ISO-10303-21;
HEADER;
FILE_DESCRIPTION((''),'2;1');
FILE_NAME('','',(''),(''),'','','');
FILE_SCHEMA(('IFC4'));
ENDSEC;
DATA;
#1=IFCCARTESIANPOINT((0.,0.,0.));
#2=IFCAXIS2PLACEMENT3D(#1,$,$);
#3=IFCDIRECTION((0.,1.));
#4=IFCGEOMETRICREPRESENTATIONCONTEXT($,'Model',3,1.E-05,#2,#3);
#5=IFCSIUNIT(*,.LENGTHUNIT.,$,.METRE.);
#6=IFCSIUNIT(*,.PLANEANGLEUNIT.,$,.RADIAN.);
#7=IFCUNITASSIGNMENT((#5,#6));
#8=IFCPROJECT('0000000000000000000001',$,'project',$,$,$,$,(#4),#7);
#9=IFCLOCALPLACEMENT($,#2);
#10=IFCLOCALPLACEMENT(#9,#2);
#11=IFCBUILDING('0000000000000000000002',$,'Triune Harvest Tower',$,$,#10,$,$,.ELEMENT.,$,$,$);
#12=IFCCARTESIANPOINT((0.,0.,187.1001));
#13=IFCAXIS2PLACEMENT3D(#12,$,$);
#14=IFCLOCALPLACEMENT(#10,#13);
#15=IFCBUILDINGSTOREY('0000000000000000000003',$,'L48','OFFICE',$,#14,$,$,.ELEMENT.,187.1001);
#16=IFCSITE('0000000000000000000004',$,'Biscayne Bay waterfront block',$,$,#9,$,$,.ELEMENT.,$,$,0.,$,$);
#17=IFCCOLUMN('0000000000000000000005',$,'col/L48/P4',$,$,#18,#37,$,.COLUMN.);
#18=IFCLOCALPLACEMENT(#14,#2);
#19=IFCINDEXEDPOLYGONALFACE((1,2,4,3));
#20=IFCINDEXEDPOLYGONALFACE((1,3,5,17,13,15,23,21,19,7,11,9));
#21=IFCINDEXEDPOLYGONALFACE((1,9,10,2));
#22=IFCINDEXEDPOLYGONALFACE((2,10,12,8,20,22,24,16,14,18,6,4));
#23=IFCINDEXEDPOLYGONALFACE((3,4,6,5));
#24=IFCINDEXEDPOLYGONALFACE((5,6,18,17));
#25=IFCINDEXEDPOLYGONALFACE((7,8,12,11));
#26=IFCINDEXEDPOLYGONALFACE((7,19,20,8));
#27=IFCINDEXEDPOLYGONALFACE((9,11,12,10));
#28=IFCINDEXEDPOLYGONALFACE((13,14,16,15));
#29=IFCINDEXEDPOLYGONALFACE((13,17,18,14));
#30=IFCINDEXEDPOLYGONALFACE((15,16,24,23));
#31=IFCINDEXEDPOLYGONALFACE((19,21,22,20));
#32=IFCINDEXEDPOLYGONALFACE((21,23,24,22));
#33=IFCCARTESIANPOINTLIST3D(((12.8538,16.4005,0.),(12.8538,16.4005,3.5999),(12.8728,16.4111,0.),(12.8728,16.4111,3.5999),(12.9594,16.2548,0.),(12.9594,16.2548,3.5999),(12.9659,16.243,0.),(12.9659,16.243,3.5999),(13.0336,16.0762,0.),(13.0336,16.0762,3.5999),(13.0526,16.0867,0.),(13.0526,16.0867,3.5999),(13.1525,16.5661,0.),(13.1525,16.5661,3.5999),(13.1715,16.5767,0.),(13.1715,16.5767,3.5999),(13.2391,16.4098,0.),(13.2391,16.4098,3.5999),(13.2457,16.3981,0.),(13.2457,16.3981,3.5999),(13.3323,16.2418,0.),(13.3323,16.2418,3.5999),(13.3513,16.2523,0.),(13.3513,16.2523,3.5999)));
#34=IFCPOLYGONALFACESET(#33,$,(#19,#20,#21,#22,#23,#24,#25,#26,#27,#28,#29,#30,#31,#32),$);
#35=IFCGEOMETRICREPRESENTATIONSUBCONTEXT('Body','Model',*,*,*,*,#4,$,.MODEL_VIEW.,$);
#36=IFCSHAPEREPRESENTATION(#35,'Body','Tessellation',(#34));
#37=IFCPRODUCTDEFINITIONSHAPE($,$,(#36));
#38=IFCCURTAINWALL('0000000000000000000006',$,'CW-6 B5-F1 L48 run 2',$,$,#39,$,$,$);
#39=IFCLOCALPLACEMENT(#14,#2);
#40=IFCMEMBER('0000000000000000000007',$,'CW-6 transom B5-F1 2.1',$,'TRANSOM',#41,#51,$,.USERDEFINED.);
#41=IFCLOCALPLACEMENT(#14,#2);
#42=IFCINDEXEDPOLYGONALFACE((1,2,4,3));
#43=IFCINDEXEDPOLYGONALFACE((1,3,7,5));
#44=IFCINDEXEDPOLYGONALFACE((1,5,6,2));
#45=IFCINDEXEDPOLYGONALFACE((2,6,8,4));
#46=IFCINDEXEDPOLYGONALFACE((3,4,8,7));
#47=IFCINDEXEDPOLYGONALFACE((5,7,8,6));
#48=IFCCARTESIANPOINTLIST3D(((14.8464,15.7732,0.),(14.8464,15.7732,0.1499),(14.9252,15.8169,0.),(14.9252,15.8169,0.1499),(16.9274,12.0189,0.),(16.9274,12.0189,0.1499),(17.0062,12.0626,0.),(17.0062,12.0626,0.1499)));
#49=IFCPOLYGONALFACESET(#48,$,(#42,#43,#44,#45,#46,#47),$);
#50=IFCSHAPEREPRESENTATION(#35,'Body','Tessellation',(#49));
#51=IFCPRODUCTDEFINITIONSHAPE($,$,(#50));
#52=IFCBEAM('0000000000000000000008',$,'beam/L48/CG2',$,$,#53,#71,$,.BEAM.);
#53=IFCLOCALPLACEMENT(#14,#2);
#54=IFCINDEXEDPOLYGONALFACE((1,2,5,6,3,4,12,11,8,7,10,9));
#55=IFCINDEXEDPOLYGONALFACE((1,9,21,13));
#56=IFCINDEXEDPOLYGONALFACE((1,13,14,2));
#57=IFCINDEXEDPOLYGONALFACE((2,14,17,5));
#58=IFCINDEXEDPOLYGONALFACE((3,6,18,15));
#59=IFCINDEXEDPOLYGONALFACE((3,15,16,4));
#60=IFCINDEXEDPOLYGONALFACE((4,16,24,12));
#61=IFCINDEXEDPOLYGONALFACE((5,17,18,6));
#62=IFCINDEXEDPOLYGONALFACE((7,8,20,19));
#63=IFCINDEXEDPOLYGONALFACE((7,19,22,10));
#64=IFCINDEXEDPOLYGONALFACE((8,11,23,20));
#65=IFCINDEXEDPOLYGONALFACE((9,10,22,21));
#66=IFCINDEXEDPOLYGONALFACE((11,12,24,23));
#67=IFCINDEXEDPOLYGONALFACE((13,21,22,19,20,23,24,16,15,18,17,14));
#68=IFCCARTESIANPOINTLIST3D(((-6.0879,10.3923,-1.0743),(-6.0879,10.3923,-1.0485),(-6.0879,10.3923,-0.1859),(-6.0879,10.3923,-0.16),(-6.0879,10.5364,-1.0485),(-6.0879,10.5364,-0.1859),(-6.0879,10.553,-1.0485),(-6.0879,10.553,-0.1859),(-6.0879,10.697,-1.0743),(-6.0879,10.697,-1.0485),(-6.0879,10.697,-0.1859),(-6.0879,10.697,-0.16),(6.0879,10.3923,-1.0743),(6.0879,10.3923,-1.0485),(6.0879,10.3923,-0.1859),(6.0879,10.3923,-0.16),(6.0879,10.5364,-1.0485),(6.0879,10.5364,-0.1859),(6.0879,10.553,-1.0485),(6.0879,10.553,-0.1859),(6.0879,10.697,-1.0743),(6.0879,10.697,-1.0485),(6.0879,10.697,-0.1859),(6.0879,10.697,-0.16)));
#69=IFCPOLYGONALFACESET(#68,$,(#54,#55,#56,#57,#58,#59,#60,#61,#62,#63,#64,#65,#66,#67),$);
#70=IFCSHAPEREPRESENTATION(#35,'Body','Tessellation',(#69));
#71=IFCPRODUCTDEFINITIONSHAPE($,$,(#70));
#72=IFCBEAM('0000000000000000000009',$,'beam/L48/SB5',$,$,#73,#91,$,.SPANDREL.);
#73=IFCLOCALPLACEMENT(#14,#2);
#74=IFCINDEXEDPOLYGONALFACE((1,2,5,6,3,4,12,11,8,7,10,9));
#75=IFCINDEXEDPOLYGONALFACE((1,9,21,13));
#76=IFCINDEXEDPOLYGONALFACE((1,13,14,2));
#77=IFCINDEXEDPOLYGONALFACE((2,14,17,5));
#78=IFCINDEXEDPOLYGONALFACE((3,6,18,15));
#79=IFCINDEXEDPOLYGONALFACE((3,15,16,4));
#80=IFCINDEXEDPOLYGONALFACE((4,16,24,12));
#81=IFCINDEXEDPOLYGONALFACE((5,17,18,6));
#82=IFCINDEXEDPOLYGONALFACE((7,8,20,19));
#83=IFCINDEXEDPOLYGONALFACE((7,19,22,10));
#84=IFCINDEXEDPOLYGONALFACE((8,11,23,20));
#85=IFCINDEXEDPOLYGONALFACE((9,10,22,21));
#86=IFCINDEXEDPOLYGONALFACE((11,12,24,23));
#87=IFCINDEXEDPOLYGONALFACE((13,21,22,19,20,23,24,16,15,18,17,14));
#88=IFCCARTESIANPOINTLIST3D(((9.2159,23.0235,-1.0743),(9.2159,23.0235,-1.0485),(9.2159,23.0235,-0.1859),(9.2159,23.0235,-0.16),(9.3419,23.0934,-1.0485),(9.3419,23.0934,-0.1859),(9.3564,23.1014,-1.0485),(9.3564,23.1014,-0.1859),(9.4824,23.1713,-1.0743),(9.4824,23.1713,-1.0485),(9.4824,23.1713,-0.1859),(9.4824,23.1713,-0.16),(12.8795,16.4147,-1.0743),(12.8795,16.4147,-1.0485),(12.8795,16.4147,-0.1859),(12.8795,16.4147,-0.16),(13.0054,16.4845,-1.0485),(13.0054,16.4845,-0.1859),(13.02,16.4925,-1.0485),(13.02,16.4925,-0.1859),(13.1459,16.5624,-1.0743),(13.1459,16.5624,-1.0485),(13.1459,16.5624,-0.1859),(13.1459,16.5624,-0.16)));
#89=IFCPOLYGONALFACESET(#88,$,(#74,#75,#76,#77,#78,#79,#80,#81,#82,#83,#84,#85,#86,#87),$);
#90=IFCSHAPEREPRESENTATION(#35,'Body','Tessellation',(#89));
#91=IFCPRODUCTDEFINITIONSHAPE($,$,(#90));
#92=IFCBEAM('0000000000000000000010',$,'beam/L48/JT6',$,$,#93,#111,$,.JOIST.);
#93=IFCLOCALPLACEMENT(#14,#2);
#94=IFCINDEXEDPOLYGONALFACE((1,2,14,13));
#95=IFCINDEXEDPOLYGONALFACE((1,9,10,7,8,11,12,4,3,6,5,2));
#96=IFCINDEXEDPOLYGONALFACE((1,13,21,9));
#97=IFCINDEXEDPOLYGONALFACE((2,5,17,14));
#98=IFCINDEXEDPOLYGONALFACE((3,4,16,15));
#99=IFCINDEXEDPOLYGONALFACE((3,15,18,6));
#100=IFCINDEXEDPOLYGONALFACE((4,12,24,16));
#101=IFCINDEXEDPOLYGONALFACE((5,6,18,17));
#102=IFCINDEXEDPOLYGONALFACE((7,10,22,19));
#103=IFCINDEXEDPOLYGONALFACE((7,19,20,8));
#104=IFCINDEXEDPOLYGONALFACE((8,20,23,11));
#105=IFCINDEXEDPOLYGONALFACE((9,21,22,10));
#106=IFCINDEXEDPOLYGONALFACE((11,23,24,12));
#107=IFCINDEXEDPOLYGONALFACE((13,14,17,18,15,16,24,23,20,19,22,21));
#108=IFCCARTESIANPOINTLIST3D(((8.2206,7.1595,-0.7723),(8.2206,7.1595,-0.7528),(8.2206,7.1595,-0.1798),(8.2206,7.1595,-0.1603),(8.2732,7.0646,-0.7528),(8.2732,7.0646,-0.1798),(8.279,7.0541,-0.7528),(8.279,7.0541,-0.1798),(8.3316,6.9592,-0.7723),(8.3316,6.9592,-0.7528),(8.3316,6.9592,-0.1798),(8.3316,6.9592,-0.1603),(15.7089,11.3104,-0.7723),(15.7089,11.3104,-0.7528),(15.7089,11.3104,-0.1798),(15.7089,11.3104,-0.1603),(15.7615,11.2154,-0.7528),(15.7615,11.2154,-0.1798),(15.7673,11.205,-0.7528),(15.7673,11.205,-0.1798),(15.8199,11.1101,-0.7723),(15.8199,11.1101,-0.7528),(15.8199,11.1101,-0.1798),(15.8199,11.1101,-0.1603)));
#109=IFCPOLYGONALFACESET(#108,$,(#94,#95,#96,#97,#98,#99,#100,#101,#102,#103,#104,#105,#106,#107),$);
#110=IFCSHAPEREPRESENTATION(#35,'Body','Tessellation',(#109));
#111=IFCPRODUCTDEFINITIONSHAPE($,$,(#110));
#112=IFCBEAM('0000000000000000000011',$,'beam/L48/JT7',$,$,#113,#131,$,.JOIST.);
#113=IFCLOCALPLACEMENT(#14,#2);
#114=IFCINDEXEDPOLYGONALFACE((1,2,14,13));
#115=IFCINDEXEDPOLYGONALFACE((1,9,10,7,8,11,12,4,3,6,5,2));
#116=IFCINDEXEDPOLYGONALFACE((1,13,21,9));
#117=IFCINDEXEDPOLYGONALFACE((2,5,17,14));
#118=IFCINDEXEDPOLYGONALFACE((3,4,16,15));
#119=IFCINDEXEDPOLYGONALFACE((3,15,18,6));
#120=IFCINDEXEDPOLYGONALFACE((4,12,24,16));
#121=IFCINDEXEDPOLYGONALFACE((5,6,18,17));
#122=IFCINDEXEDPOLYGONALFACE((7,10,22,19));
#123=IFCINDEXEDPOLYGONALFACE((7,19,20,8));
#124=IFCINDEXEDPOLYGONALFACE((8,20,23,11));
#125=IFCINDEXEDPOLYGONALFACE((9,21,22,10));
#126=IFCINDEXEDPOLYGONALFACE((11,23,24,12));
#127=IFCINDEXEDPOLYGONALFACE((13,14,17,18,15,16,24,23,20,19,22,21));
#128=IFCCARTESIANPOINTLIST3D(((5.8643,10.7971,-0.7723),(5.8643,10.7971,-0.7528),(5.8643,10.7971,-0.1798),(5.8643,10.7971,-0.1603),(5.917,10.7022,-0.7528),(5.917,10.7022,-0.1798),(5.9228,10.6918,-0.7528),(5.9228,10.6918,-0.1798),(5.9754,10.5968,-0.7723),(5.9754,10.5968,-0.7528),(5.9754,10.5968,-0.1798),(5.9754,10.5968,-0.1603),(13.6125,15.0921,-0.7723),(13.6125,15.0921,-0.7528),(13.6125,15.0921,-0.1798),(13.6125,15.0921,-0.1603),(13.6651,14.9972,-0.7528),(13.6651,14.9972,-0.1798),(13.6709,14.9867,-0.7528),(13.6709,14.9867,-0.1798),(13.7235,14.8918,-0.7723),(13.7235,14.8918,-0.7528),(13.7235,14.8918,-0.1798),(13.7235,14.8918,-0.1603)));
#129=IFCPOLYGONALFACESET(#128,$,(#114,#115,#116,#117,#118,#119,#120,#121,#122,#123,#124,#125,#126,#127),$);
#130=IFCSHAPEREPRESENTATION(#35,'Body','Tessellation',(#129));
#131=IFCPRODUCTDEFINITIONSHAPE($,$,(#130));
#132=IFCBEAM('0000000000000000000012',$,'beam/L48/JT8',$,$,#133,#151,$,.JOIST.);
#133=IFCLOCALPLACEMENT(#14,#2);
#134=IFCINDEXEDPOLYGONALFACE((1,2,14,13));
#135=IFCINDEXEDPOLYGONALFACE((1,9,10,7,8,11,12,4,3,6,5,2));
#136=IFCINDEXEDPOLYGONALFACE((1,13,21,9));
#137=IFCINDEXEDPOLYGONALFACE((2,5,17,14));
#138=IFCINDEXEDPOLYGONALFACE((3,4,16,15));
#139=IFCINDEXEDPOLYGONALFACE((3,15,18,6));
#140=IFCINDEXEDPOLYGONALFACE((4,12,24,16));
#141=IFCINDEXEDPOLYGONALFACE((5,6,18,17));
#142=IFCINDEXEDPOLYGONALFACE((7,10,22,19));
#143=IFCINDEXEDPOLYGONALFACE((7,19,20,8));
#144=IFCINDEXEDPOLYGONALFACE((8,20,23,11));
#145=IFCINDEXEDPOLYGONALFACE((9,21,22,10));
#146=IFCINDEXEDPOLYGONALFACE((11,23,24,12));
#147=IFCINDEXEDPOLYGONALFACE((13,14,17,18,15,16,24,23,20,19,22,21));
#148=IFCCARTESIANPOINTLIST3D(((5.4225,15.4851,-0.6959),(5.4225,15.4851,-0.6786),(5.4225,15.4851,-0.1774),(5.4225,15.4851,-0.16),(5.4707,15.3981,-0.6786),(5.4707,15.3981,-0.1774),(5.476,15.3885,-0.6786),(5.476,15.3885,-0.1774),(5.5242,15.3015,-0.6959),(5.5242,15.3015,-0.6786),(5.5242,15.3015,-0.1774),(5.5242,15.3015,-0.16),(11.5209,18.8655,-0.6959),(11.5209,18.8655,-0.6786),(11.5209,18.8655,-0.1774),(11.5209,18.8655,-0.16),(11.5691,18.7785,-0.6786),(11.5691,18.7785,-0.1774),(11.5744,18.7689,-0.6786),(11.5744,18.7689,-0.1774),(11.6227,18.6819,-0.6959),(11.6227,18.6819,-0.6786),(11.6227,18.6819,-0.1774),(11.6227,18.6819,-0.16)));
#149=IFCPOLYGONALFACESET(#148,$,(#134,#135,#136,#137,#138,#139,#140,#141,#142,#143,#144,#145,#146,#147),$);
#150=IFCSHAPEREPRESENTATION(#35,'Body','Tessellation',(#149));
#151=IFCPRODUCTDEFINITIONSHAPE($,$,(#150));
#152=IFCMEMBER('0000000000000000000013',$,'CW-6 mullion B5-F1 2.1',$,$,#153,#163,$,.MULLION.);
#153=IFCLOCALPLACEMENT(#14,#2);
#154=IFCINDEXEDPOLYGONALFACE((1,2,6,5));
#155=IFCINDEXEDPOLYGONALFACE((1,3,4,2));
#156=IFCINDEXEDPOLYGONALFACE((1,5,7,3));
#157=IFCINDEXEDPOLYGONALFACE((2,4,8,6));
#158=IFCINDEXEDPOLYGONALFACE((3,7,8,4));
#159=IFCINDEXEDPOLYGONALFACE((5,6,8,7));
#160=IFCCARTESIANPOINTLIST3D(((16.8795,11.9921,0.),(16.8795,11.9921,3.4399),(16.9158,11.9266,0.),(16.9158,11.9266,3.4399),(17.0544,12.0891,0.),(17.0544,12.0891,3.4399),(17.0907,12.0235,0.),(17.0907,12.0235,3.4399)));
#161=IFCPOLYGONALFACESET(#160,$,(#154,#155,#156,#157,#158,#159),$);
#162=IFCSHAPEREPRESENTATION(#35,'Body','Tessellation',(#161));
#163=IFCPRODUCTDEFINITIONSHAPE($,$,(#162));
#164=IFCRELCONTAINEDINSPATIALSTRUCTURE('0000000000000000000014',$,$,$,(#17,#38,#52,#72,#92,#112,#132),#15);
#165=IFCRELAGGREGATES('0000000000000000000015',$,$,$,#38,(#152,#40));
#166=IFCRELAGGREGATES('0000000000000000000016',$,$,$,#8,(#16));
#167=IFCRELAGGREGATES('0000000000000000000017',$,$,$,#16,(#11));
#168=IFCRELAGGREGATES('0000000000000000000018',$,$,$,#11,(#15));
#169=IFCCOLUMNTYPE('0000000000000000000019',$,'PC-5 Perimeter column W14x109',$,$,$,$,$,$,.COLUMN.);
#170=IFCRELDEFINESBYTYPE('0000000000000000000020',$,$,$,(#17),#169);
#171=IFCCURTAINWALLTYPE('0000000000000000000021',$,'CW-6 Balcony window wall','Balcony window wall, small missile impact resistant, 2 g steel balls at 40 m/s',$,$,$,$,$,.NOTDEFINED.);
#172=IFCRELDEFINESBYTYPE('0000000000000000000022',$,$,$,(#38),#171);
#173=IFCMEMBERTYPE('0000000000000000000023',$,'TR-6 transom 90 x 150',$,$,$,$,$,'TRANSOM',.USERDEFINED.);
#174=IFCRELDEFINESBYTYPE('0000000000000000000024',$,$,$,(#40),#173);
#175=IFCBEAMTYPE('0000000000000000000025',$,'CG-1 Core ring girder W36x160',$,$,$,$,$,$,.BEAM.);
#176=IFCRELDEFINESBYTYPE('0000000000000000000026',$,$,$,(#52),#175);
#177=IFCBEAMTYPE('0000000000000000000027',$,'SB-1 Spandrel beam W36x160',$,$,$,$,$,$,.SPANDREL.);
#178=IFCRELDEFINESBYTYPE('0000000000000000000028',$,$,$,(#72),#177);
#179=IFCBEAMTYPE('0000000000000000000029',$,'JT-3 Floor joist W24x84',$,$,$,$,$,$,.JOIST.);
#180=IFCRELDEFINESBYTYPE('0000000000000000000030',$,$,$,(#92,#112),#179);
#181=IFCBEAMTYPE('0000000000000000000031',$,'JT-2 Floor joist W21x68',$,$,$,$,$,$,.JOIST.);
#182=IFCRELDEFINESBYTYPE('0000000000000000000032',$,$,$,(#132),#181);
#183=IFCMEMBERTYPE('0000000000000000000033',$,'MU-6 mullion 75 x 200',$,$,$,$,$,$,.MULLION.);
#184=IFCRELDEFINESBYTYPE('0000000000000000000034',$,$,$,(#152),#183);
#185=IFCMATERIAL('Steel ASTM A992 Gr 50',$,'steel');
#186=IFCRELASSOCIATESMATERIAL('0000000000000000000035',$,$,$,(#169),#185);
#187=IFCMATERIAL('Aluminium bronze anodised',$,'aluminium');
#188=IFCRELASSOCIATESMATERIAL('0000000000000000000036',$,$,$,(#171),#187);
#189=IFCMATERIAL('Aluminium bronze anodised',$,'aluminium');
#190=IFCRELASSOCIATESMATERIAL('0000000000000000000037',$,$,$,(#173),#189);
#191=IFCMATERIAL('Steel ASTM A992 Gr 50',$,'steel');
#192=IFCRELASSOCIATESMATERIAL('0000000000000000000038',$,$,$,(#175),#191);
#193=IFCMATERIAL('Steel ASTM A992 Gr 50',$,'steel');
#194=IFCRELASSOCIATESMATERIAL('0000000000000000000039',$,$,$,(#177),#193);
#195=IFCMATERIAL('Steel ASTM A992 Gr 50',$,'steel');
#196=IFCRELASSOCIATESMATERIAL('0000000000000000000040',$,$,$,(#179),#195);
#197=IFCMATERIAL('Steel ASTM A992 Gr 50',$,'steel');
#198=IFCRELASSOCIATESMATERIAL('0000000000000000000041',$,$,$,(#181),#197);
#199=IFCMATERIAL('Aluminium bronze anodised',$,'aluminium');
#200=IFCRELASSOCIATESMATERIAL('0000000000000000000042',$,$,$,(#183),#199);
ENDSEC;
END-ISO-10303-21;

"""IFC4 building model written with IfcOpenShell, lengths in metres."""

from ifc_helpers import new_model, si_unit, direction, frame, origin, origin_2d, place, context, subcontext, project, spatial, rectangle, i_section, extrude, source, transform, mapped, material, material_profile, profile_set, type_object, element, aggregate, save


model = new_model("IFC4")

# Units and contexts
model_context = context("Model", 3, precision=1e-05, world=origin(), true_north=direction((0.0, 1.0)))
body_context = subcontext(model_context, "Body", "Model", "MODEL_VIEW")
ifc_project = project(units=[si_unit("LENGTHUNIT", "METRE"), si_unit("PLANEANGLEUNIT", "RADIAN")], contexts=[model_context])

# Site, building, storey
site_placement = place(None, origin())
site = spatial("IfcSite", under=ifc_project, at=site_placement, Name="Biscayne Bay waterfront block", CompositionType="ELEMENT", RefElevation=0.0)
building_placement = place(site_placement, origin())
building = spatial("IfcBuilding", under=site, at=building_placement, Name="Triune Harvest Tower", CompositionType="ELEMENT")
storey_placement = place(building_placement, frame((0.0, 0.0, 187.1001)))
storey = spatial("IfcBuildingStorey", under=building, at=storey_placement, Name="L48", Description="OFFICE", CompositionType="ELEMENT", Elevation=187.1001)

# Column
ifc_material_1 = material(Name="Steel ASTM A992 Gr 50", Category="steel")
ifc_material_profile_1 = material_profile(ifc_material_1, i_section(OverallWidth=0.3708, OverallDepth=0.3633, WebThickness=0.0134, FlangeThickness=0.0217, at=origin_2d()), Name="W14x109")
ifc_profile_set_1 = profile_set([ifc_material_profile_1], Name="Steel ASTM A992 Gr 50")
column_type = type_object("IfcColumnType", Name="PC-5 Perimeter column W14x109", PredefinedType="COLUMN", material=ifc_profile_set_1)
shared_shape_1 = source(origin(), body_context, "Body", "SweptSolid", [
    extrude(i_section(OverallWidth=0.3708, OverallDepth=0.3633, WebThickness=0.0134, FlangeThickness=0.0217, at=origin_2d()), origin(), (0.0, 0.0, 1.0), 3.5999),
])
column_placement = place(storey_placement, frame((13.1025, 16.3264, 0.0), z_axis=(0.0, 0.0, 1.0), x_axis=(-0.48481, 0.87462, 0.0)))
element("IfcColumn", 1, at=column_placement, inside=storey, type_object=column_type, Name="col/L48/P4", PredefinedType="COLUMN", context=body_context, shape_type="MappedRepresentation", body=[
    mapped(shared_shape_1, transform((0.0, 0.0, 0.0), scale=1.0)),
])

# Curtain wall, member
ifc_material_2 = material(Name="Aluminium bronze anodised", Category="aluminium")
curtain_wall_type_1 = type_object("IfcCurtainWallType", Name="CW-6 Balcony window wall", Description="Balcony window wall, small missile impact resistant, 2 g steel balls at 40 m/s", PredefinedType="NOTDEFINED", material=ifc_material_2)
curtain_wall_1_placement = place(storey_placement, origin())
curtain_wall_1 = element("IfcCurtainWall", 2, at=curtain_wall_1_placement, inside=storey, type_object=curtain_wall_type_1, Name="CW-6 B5-F1 L48 run 2")
ifc_material_3 = material(Name="Aluminium bronze anodised", Category="aluminium")
ifc_material_profile_2 = material_profile(ifc_material_3, rectangle(XDim=0.0901, YDim=0.1499, at=origin_2d()), Name="TR-6 transom 90 x 150")
ifc_profile_set_2 = profile_set([ifc_material_profile_2], Name="Aluminium bronze anodised")
member_type_1 = type_object("IfcMemberType", Name="TR-6 transom 90 x 150", ElementType="TRANSOM", PredefinedType="USERDEFINED", material=ifc_profile_set_2)
member_1_placement = place(storey_placement, frame((16.9668, 12.0408, 0.075), z_axis=(-0.484802, 0.874624, 0.0), x_axis=(-0.874624, -0.484802, 0.0)))
member_1 = element("IfcMember", 3, at=member_1_placement, type_object=member_type_1, Name="CW-6 transom B5-F1 2.1", ObjectType="TRANSOM", PredefinedType="USERDEFINED", context=body_context, shape_type="SweptSolid", body=[
    extrude(rectangle(XDim=0.0901, YDim=0.1499, at=origin_2d()), origin(), (0.0, 0.0, 1.0), 4.2925),
])

# Beams
ifc_material_4 = material(Name="Steel ASTM A992 Gr 50", Category="steel")
ifc_material_profile_3 = material_profile(ifc_material_4, i_section(OverallWidth=0.3047, OverallDepth=0.9143, WebThickness=0.0166, FlangeThickness=0.0259, at=origin_2d()), Name="W36x160")
ifc_profile_set_3 = profile_set([ifc_material_profile_3], Name="Steel ASTM A992 Gr 50")
beam_type_1 = type_object("IfcBeamType", Name="CG-1 Core ring girder W36x160", PredefinedType="BEAM", material=ifc_profile_set_3)
shared_shape_2 = source(origin(), body_context, "Body", "SweptSolid", [
    extrude(i_section(OverallWidth=0.3047, OverallDepth=0.9143, WebThickness=0.0166, FlangeThickness=0.0259, at=origin_2d()), origin(), (0.0, 0.0, 1.0), 12.1758),
])
beam_1_placement = place(storey_placement, frame((6.0879, 10.5447, -0.6172), z_axis=(-1.0, 0.0, 0.0), x_axis=(0.0, -1.0, 0.0)))
element("IfcBeam", 4, at=beam_1_placement, inside=storey, type_object=beam_type_1, Name="beam/L48/CG2", PredefinedType="BEAM", context=body_context, shape_type="MappedRepresentation", body=[
    mapped(shared_shape_2, transform((0.0, 0.0, 0.0), scale=1.0)),
])
ifc_material_5 = material(Name="Steel ASTM A992 Gr 50", Category="steel")
ifc_material_profile_4 = material_profile(ifc_material_5, i_section(OverallWidth=0.3047, OverallDepth=0.9143, WebThickness=0.0166, FlangeThickness=0.0259, at=origin_2d()), Name="W36x160")
ifc_profile_set_4 = profile_set([ifc_material_profile_4], Name="Steel ASTM A992 Gr 50")
beam_type_2 = type_object("IfcBeamType", Name="SB-1 Spandrel beam W36x160", PredefinedType="SPANDREL", material=ifc_profile_set_4)
shared_shape_3 = source(origin(), body_context, "Body", "SweptSolid", [
    extrude(i_section(OverallWidth=0.3047, OverallDepth=0.9143, WebThickness=0.0166, FlangeThickness=0.0259, at=origin_2d()), origin(), (0.0, 0.0, 1.0), 7.5564),
])
beam_2_placement = place(storey_placement, frame((13.0127, 16.4885, -0.6172), z_axis=(-0.484831, 0.874608, 0.0), x_axis=(-0.874608, -0.484831, 0.0)))
element("IfcBeam", 5, at=beam_2_placement, inside=storey, type_object=beam_type_2, Name="beam/L48/SB5", PredefinedType="SPANDREL", context=body_context, shape_type="MappedRepresentation", body=[
    mapped(shared_shape_3, transform((0.0, 0.0, 0.0), scale=1.0)),
])
ifc_material_6 = material(Name="Steel ASTM A992 Gr 50", Category="steel")
ifc_material_profile_5 = material_profile(ifc_material_6, i_section(OverallWidth=0.229, OverallDepth=0.6121, WebThickness=0.012, FlangeThickness=0.0195, at=origin_2d()), Name="W24x84")
ifc_profile_set_5 = profile_set([ifc_material_profile_5], Name="Steel ASTM A992 Gr 50")
beam_type_3 = type_object("IfcBeamType", Name="JT-3 Floor joist W24x84", PredefinedType="JOIST", material=ifc_profile_set_5)
shared_shape_4 = source(origin(), body_context, "Body", "SweptSolid", [
    extrude(i_section(OverallWidth=0.229, OverallDepth=0.6121, WebThickness=0.012, FlangeThickness=0.0195, at=origin_2d()), origin(), (0.0, 0.0, 1.0), 8.5618),
])
beam_3_placement = place(storey_placement, frame((15.7644, 11.2102, -0.4663), z_axis=(-0.874617, -0.484815, 0.0), x_axis=(0.484815, -0.874617, 0.0)))
element("IfcBeam", 6, at=beam_3_placement, inside=storey, type_object=beam_type_3, Name="beam/L48/JT6", PredefinedType="JOIST", context=body_context, shape_type="MappedRepresentation", body=[
    mapped(shared_shape_4, transform((0.0, 0.0, 0.0), scale=1.0)),
])
shared_shape_5 = source(origin(), body_context, "Body", "SweptSolid", [
    extrude(i_section(OverallWidth=0.229, OverallDepth=0.6121, WebThickness=0.012, FlangeThickness=0.0195, at=origin_2d()), origin(), (0.0, 0.0, 1.0), 8.8589),
])
beam_4_placement = place(storey_placement, frame((13.668, 14.9919, -0.4663), z_axis=(-0.874614, -0.484819, 0.0), x_axis=(0.484819, -0.874614, 0.0)))
element("IfcBeam", 7, at=beam_4_placement, inside=storey, type_object=beam_type_3, Name="beam/L48/JT7", PredefinedType="JOIST", context=body_context, shape_type="MappedRepresentation", body=[
    mapped(shared_shape_5, transform((0.0, 0.0, 0.0), scale=1.0)),
])
ifc_material_7 = material(Name="Steel ASTM A992 Gr 50", Category="steel")
ifc_material_profile_6 = material_profile(ifc_material_7, i_section(OverallWidth=0.21, OverallDepth=0.5359, WebThickness=0.011, FlangeThickness=0.0173, at=origin_2d()), Name="W21x68")
ifc_profile_set_6 = profile_set([ifc_material_profile_6], Name="Steel ASTM A992 Gr 50")
beam_type_4 = type_object("IfcBeamType", Name="JT-2 Floor joist W21x68", PredefinedType="JOIST", material=ifc_profile_set_6)
shared_shape_6 = source(origin(), body_context, "Body", "SweptSolid", [
    extrude(i_section(OverallWidth=0.21, OverallDepth=0.5359, WebThickness=0.011, FlangeThickness=0.0173, at=origin_2d()), origin(), (0.0, 0.0, 1.0), 6.9727),
])
beam_5_placement = place(storey_placement, frame((11.5718, 18.7737, -0.428), z_axis=(-0.874621, -0.484807, 0.0), x_axis=(0.484807, -0.874621, 0.0)))
element("IfcBeam", 8, at=beam_5_placement, inside=storey, type_object=beam_type_4, Name="beam/L48/JT8", PredefinedType="JOIST", context=body_context, shape_type="MappedRepresentation", body=[
    mapped(shared_shape_6, transform((0.0, 0.0, 0.0), scale=1.0)),
])

# Member
ifc_material_8 = material(Name="Aluminium bronze anodised", Category="aluminium")
ifc_material_profile_7 = material_profile(ifc_material_8, rectangle(XDim=0.2, YDim=0.075, at=origin_2d()), Name="MU-6 mullion 75 x 200")
ifc_profile_set_7 = profile_set([ifc_material_profile_7], Name="Aluminium bronze anodised")
member_type_2 = type_object("IfcMemberType", Name="MU-6 mullion 75 x 200", PredefinedType="MULLION", material=ifc_profile_set_7)
shared_shape_7 = source(origin(), body_context, "Body", "SweptSolid", [
    extrude(rectangle(XDim=0.2, YDim=0.075, at=origin_2d()), origin(), (0.0, 0.0, 1.0), 3.4399),
])
member_2_placement = place(storey_placement, frame((16.9851, 12.0078, 0.0), z_axis=(0.0, 0.0, 1.0), x_axis=(-0.874616, -0.484816, 0.0)))
member_2 = element("IfcMember", 9, at=member_2_placement, type_object=member_type_2, Name="CW-6 mullion B5-F1 2.1", PredefinedType="MULLION", context=body_context, shape_type="MappedRepresentation", body=[
    mapped(shared_shape_7, transform((0.0, 0.0, 0.0), scale=1.0)),
])

aggregate(curtain_wall_1, [member_2, member_1])

save(model, "model.ifc")
